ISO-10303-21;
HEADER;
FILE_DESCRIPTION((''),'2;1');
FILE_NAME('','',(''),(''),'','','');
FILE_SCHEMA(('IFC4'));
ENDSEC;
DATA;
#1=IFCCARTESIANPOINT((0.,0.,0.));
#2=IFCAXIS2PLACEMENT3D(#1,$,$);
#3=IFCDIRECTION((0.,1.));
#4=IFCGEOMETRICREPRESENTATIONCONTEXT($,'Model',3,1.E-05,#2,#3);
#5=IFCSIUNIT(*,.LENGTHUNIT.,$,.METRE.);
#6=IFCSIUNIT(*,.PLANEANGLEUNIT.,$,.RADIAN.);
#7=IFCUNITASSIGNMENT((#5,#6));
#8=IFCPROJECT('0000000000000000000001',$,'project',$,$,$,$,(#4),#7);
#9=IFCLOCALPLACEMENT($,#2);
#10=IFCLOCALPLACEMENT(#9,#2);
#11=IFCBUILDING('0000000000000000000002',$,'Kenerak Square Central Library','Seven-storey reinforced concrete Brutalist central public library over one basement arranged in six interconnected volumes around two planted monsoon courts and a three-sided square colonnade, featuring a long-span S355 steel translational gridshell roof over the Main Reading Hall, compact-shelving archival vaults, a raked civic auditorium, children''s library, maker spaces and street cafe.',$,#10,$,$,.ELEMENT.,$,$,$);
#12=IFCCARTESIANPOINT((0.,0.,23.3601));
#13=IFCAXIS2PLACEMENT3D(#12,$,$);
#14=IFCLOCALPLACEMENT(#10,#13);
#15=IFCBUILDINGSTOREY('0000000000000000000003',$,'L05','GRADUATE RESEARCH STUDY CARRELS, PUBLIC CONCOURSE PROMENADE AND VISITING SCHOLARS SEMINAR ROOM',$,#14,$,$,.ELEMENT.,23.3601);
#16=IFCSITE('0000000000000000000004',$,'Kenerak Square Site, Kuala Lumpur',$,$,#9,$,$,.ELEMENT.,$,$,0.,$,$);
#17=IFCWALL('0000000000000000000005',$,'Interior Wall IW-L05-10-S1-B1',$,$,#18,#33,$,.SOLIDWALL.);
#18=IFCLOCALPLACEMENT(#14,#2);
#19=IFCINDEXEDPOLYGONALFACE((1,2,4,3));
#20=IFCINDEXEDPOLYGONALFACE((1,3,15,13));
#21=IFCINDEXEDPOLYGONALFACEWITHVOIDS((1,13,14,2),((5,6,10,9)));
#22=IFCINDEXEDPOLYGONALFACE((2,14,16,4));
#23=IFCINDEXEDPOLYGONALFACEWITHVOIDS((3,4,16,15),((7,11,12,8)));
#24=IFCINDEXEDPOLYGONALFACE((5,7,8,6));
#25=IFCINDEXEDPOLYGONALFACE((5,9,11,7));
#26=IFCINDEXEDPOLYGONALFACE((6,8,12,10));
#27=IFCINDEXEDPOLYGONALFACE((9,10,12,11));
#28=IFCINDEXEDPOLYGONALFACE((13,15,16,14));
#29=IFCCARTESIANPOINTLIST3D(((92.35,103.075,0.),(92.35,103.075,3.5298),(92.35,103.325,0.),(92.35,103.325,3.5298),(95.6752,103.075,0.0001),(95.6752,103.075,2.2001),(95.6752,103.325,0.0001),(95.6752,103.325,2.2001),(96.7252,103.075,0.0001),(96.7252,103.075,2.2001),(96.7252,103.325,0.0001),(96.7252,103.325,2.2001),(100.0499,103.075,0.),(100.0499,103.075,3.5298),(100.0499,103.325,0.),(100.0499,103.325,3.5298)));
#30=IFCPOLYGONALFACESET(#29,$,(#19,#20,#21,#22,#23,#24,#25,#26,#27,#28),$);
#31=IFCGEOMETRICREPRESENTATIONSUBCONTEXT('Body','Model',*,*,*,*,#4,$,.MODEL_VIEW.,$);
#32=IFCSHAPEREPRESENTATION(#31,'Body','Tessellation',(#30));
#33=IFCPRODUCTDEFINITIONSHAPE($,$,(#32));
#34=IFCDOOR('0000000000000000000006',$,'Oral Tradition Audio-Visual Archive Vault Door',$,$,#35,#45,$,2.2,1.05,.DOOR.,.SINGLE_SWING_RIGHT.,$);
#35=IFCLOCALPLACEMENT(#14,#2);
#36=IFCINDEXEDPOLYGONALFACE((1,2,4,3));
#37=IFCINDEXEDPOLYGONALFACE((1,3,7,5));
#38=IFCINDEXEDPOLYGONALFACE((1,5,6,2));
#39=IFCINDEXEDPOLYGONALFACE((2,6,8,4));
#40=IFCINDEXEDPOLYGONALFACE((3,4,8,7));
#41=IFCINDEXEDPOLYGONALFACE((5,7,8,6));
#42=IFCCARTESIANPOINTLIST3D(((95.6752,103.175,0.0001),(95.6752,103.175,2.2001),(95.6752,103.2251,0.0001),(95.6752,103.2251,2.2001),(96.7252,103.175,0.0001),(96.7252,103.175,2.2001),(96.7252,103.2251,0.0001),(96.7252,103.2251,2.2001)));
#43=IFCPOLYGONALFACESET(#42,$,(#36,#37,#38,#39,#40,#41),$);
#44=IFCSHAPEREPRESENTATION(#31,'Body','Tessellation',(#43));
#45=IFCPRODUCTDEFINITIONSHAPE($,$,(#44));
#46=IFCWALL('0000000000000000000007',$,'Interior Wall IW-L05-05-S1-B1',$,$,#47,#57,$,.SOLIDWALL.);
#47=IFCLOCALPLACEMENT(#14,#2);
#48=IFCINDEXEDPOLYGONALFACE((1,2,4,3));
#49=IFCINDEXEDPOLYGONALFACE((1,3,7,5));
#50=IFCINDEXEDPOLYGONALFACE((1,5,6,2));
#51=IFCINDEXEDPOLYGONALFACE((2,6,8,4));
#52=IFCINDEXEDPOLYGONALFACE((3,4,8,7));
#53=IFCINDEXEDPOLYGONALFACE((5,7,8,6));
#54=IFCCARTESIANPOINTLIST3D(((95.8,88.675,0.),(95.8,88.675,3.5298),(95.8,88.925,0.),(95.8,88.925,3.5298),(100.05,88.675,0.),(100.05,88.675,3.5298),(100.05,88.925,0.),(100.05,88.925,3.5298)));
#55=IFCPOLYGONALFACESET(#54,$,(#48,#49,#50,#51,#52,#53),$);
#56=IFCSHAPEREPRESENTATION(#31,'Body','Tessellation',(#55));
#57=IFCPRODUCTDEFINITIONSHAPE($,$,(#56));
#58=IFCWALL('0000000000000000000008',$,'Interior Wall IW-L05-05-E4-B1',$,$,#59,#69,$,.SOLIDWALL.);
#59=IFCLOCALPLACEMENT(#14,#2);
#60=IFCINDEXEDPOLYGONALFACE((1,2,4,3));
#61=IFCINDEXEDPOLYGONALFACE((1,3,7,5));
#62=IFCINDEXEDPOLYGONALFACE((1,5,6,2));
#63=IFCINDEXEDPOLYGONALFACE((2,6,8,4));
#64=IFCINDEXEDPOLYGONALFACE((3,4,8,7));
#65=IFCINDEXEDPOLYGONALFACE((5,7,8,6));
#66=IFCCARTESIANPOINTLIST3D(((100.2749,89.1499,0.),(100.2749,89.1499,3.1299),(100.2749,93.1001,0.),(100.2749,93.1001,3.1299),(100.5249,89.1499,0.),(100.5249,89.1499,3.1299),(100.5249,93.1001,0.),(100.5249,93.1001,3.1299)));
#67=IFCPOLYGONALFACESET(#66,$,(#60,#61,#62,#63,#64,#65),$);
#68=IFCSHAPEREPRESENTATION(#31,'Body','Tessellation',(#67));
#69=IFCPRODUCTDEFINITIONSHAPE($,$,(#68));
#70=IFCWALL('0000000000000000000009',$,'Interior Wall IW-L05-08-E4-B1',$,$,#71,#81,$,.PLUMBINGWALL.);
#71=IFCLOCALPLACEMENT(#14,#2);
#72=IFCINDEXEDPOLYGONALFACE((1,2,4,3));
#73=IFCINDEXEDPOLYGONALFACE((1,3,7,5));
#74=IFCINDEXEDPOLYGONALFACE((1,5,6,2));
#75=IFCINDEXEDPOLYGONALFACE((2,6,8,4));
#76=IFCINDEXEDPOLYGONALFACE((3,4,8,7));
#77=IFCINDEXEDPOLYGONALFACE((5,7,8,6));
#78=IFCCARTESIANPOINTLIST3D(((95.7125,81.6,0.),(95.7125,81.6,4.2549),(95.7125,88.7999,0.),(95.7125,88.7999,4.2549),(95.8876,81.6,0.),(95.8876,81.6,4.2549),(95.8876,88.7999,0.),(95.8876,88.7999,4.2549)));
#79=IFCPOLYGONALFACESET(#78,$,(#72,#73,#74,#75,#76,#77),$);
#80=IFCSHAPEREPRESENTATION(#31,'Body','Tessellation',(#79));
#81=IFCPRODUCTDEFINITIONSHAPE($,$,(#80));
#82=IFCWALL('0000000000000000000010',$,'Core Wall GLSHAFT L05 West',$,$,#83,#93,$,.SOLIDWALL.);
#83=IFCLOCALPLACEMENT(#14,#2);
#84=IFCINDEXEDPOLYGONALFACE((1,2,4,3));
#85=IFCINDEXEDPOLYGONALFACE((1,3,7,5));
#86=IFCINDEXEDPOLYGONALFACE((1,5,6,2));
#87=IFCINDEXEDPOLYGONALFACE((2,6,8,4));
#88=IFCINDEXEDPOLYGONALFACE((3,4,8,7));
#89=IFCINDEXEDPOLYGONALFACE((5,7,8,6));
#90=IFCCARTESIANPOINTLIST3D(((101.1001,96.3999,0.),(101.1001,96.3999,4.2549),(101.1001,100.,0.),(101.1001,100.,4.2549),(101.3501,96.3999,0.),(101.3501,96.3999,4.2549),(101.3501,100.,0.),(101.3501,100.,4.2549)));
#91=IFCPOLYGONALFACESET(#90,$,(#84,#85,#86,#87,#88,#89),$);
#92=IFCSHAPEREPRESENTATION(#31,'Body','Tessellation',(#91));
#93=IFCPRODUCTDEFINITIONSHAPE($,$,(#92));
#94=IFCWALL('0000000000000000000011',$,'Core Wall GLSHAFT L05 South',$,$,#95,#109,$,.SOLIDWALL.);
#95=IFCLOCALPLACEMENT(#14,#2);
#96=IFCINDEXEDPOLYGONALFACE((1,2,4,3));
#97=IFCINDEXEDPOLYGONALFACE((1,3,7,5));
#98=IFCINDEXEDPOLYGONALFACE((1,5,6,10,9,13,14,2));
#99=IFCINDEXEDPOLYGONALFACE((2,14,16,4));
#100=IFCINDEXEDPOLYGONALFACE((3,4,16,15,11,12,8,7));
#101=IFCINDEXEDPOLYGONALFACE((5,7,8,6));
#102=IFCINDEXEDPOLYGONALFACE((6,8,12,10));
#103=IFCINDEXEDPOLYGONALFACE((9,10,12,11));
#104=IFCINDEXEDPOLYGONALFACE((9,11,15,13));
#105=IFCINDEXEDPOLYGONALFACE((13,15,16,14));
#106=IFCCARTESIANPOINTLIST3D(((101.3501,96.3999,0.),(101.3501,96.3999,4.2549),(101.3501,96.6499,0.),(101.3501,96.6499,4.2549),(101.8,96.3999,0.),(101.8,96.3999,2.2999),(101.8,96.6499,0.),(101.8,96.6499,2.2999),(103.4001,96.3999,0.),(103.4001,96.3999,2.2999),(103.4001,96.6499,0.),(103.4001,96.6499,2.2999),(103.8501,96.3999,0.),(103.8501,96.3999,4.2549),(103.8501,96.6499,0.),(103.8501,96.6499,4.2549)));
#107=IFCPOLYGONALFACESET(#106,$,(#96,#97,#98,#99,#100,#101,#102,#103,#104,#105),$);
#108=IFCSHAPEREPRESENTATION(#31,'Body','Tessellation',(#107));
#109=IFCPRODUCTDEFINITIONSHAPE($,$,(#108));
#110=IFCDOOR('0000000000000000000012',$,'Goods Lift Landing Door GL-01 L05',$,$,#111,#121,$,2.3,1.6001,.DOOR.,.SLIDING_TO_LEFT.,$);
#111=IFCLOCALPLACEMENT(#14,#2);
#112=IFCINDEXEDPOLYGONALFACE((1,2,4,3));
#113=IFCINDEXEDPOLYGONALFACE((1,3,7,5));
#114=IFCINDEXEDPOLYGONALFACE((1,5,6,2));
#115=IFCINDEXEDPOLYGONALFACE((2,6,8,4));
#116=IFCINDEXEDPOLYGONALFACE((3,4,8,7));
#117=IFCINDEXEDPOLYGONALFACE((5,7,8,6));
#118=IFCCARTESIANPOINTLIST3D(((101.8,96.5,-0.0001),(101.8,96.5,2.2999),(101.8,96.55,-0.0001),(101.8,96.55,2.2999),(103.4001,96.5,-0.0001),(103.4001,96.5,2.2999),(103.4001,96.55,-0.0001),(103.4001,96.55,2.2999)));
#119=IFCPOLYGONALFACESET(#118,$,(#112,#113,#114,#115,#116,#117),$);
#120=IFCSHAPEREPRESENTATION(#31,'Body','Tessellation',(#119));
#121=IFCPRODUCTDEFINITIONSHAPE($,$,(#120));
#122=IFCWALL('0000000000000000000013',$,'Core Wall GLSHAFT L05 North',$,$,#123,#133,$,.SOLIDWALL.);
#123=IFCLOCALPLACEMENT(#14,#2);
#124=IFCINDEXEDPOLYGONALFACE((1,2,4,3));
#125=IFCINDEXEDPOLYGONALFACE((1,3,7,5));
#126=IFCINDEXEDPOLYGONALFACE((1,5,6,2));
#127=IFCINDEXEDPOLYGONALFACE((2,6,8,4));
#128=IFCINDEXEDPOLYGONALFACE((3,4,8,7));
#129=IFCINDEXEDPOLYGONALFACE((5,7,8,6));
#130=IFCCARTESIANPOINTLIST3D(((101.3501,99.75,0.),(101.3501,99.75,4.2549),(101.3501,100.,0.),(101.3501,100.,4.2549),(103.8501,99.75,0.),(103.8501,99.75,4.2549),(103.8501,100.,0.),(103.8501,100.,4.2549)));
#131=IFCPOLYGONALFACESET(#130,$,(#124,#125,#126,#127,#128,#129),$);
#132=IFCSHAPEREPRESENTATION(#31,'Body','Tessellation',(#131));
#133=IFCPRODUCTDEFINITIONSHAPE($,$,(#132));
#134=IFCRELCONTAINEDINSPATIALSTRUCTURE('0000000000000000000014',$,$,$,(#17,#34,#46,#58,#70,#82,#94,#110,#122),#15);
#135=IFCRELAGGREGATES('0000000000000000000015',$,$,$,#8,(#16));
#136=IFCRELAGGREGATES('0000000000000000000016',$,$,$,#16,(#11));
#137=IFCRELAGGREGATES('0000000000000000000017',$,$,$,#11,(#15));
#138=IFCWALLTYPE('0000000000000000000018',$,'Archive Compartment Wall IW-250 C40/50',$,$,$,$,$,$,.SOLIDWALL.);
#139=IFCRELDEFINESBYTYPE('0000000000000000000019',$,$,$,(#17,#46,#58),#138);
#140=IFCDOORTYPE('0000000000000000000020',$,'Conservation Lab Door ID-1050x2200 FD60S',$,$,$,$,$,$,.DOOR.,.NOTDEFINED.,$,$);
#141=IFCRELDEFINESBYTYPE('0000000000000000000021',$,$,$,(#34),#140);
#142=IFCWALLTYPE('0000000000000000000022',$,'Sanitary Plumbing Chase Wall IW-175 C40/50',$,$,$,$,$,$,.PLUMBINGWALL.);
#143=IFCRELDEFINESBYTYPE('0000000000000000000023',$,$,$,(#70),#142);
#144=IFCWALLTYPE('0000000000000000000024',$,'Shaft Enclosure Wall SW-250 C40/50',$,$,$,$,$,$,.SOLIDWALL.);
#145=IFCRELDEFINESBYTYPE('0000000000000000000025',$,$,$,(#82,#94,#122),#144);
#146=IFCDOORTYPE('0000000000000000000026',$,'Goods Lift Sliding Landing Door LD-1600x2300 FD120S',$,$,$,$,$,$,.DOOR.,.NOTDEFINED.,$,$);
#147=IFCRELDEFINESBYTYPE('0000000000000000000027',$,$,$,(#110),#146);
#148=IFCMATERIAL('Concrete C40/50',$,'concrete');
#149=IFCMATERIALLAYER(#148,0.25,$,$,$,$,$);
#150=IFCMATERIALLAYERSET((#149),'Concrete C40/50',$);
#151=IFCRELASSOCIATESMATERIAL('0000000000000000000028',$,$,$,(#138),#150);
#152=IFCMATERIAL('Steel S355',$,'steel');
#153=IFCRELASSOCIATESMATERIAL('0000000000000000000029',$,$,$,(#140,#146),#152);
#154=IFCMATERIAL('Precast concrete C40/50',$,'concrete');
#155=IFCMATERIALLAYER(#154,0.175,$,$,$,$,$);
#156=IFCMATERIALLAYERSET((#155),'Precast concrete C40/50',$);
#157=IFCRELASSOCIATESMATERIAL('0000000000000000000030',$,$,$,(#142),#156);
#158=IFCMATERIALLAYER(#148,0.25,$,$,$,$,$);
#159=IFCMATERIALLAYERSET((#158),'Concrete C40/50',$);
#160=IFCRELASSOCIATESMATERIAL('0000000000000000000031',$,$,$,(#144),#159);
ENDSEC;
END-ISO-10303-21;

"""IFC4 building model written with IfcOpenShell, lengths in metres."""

from ifc_helpers import new_model, si_unit, direction, frame, frame_2d, origin, place, context, subcontext, project, spatial, rectangle, extrude, material, layer, layer_set, type_object, element, fill, save


model = new_model("IFC4")

# Units and contexts
model_context = context("Model", 3, precision=1e-05, world=origin(), true_north=direction((0.0, 1.0)))
body_context = subcontext(model_context, "Body", "Model", "MODEL_VIEW")
ifc_project = project(units=[si_unit("LENGTHUNIT", "METRE"), si_unit("PLANEANGLEUNIT", "RADIAN")], contexts=[model_context])

# Site, building, storey
site_placement = place(None, origin())
site = spatial("IfcSite", under=ifc_project, at=site_placement, Name="Kenerak Square Site, Kuala Lumpur", CompositionType="ELEMENT", RefElevation=0.0)
building_placement = place(site_placement, origin())
building = spatial("IfcBuilding", under=site, at=building_placement, Name="Kenerak Square Central Library", Description="Seven-storey reinforced concrete Brutalist central public library over one basement arranged in six interconnected volumes around two planted monsoon courts and a three-sided square colonnade, featuring a long-span S355 steel translational gridshell roof over the Main Reading Hall, compact-shelving archival vaults, a raked civic auditorium, children's library, maker spaces and street cafe.", CompositionType="ELEMENT")
storey_placement = place(building_placement, frame((0.0, 0.0, 23.3601)))
storey = spatial("IfcBuildingStorey", under=building, at=storey_placement, Name="L05", Description="GRADUATE RESEARCH STUDY CARRELS, PUBLIC CONCOURSE PROMENADE AND VISITING SCHOLARS SEMINAR ROOM", CompositionType="ELEMENT", Elevation=23.3601)

# Shared definitions
ifc_material_1 = material(Name="Concrete C40/50", Category="concrete")

# Shared definitions
ifc_material_2 = material(Name="Precast concrete C40/50", Category="concrete")
ifc_layer_1 = layer(ifc_material_1, 0.25)
ifc_layer_set_1 = layer_set([ifc_layer_1], Name="Concrete C40/50")
wall_type_1 = type_object("IfcWallType", Name="Archive Compartment Wall IW-250 C40/50", PredefinedType="SOLIDWALL", material=ifc_layer_set_1)

# Wall, opening, door
wall_1_placement = place(storey_placement, frame((100.05, 103.2, 0.0), z_axis=(0.0, 0.0, 1.0), x_axis=(-1.0, 0.0, 0.0)))
wall_1 = element("IfcWall", 1, at=wall_1_placement, inside=storey, type_object=wall_type_1, Name="Interior Wall IW-L05-10-S1-B1", PredefinedType="SOLIDWALL", context=body_context, shape_type="SweptSolid", body=[
    extrude(rectangle(XDim=7.7, YDim=0.25, at=frame_2d((3.8501, 0.0))), origin(), (0.0, 0.0, 1.0), 3.5298),
])
opening_1_placement = place(wall_1_placement, frame((3.325, 0.0, 0.0)))
opening_1 = element("IfcOpeningElement", 2, at=opening_1_placement, cuts=wall_1, PredefinedType="OPENING", context=body_context, shape_type="SweptSolid", body=[
    extrude(rectangle(XDim=1.05, YDim=2.2, at=frame_2d((0.5249, 1.1001))), frame((0.0, 0.135, 0.0), z_axis=(0.0, -1.0, 0.0), x_axis=(1.0, 0.0, 0.0)), (0.0, 0.0, 1.0), 0.27),
])
ifc_material_3 = material(Name="Steel S355", Category="steel")
door_type_1 = type_object("IfcDoorType", Name="Conservation Lab Door ID-1050x2200 FD60S", OperationType="NOTDEFINED", PredefinedType="DOOR", material=ifc_material_3)
door_1_placement = place(opening_1_placement, origin())
door_1 = element("IfcDoor", 3, at=door_1_placement, inside=storey, type_object=door_type_1, Name="Oral Tradition Audio-Visual Archive Vault Door", OperationType="SINGLE_SWING_RIGHT", OverallHeight=2.2, OverallWidth=1.05, PredefinedType="DOOR", context=body_context, shape_type="SweptSolid", body=[
    extrude(rectangle(XDim=1.05, YDim=2.2, at=frame_2d((0.5249, 1.1001))), frame((0.0, 0.0249, 0.0), z_axis=(0.0, -1.0, 0.0), x_axis=(1.0, 0.0, 0.0)), (0.0, 0.0, 1.0), 0.05),
])
fill(opening_1, door_1)

# Walls
wall_2_placement = place(storey_placement, frame((100.05, 88.8, 0.0), z_axis=(0.0, 0.0, 1.0), x_axis=(-1.0, 0.0, 0.0)))
element("IfcWall", 4, at=wall_2_placement, inside=storey, type_object=wall_type_1, Name="Interior Wall IW-L05-05-S1-B1", PredefinedType="SOLIDWALL", context=body_context, shape_type="SweptSolid", body=[
    extrude(rectangle(XDim=4.25, YDim=0.25, at=frame_2d((2.125, 0.0))), origin(), (0.0, 0.0, 1.0), 3.5298),
])
wall_3_placement = place(storey_placement, frame((100.3999, 93.1001, 0.0), z_axis=(0.0, 0.0, 1.0), x_axis=(0.0, -1.0, 0.0)))
element("IfcWall", 5, at=wall_3_placement, inside=storey, type_object=wall_type_1, Name="Interior Wall IW-L05-05-E4-B1", PredefinedType="SOLIDWALL", context=body_context, shape_type="SweptSolid", body=[
    extrude(rectangle(XDim=3.9502, YDim=0.25, at=frame_2d((1.9751, 0.0))), origin(), (0.0, 0.0, 1.0), 3.1299),
])
ifc_layer_2 = layer(ifc_material_2, 0.175)
ifc_layer_set_2 = layer_set([ifc_layer_2], Name="Precast concrete C40/50")
wall_type_2 = type_object("IfcWallType", Name="Sanitary Plumbing Chase Wall IW-175 C40/50", PredefinedType="PLUMBINGWALL", material=ifc_layer_set_2)
wall_4_placement = place(storey_placement, frame((95.8, 88.8, 0.0), z_axis=(0.0, 0.0, 1.0), x_axis=(0.0, -1.0, 0.0)))
element("IfcWall", 6, at=wall_4_placement, inside=storey, type_object=wall_type_2, Name="Interior Wall IW-L05-08-E4-B1", PredefinedType="PLUMBINGWALL", context=body_context, shape_type="SweptSolid", body=[
    extrude(rectangle(XDim=7.2, YDim=0.175, at=frame_2d((3.6001, 0.0))), origin(), (0.0, 0.0, 1.0), 4.2549),
])
ifc_layer_3 = layer(ifc_material_1, 0.25)
ifc_layer_set_3 = layer_set([ifc_layer_3], Name="Concrete C40/50")
wall_type_3 = type_object("IfcWallType", Name="Shaft Enclosure Wall SW-250 C40/50", PredefinedType="SOLIDWALL", material=ifc_layer_set_3)
wall_5_placement = place(storey_placement, frame((101.2251, 96.3999, 0.0), z_axis=(0.0, 0.0, 1.0), x_axis=(0.0, 1.0, 0.0)))
element("IfcWall", 7, at=wall_5_placement, inside=storey, type_object=wall_type_3, Name="Core Wall GLSHAFT L05 West", PredefinedType="SOLIDWALL", context=body_context, shape_type="SweptSolid", body=[
    extrude(rectangle(XDim=3.6001, YDim=0.25, at=frame_2d((1.8, 0.0))), origin(), (0.0, 0.0, 1.0), 4.2549),
])

# Wall, opening, door
wall_6_placement = place(storey_placement, frame((103.8501, 96.5249, 0.0), z_axis=(0.0, 0.0, 1.0), x_axis=(-1.0, 0.0, 0.0)))
wall_6 = element("IfcWall", 8, at=wall_6_placement, inside=storey, type_object=wall_type_3, Name="Core Wall GLSHAFT L05 South", PredefinedType="SOLIDWALL", context=body_context, shape_type="SweptSolid", body=[
    extrude(rectangle(XDim=2.5, YDim=0.25, at=frame_2d((1.25, 0.0))), origin(), (0.0, 0.0, 1.0), 4.2549),
])
opening_2_placement = place(wall_6_placement, frame((0.45, 0.0, 0.0)))
opening_2 = element("IfcOpeningElement", 9, at=opening_2_placement, cuts=wall_6, PredefinedType="OPENING", context=body_context, shape_type="SweptSolid", body=[
    extrude(rectangle(XDim=1.6001, YDim=2.3, at=frame_2d((0.8, 1.1499))), frame((0.0, 0.135, 0.0), z_axis=(0.0, -1.0, 0.0), x_axis=(1.0, 0.0, 0.0)), (0.0, 0.0, 1.0), 0.27),
])
door_type_2 = type_object("IfcDoorType", Name="Goods Lift Sliding Landing Door LD-1600x2300 FD120S", OperationType="NOTDEFINED", PredefinedType="DOOR", material=ifc_material_3)
door_2_placement = place(opening_2_placement, origin())
door_2 = element("IfcDoor", 10, at=door_2_placement, inside=storey, type_object=door_type_2, Name="Goods Lift Landing Door GL-01 L05", OperationType="SLIDING_TO_LEFT", OverallHeight=2.3, OverallWidth=1.6001, PredefinedType="DOOR", context=body_context, shape_type="SweptSolid", body=[
    extrude(rectangle(XDim=1.6001, YDim=2.3, at=frame_2d((0.8, 1.1499))), frame((0.0, 0.0249, 0.0), z_axis=(0.0, -1.0, 0.0), x_axis=(1.0, 0.0, 0.0)), (0.0, 0.0, 1.0), 0.05),
])
fill(opening_2, door_2)

# Wall
wall_7_placement = place(storey_placement, frame((101.3501, 99.875, 0.0), z_axis=(0.0, 0.0, 1.0), x_axis=(1.0, 0.0, 0.0)))
element("IfcWall", 11, at=wall_7_placement, inside=storey, type_object=wall_type_3, Name="Core Wall GLSHAFT L05 North", PredefinedType="SOLIDWALL", context=body_context, shape_type="SweptSolid", body=[
    extrude(rectangle(XDim=2.5, YDim=0.25, at=frame_2d((1.25, 0.0))), origin(), (0.0, 0.0, 1.0), 4.2549),
])

save(model, "model.ifc")
